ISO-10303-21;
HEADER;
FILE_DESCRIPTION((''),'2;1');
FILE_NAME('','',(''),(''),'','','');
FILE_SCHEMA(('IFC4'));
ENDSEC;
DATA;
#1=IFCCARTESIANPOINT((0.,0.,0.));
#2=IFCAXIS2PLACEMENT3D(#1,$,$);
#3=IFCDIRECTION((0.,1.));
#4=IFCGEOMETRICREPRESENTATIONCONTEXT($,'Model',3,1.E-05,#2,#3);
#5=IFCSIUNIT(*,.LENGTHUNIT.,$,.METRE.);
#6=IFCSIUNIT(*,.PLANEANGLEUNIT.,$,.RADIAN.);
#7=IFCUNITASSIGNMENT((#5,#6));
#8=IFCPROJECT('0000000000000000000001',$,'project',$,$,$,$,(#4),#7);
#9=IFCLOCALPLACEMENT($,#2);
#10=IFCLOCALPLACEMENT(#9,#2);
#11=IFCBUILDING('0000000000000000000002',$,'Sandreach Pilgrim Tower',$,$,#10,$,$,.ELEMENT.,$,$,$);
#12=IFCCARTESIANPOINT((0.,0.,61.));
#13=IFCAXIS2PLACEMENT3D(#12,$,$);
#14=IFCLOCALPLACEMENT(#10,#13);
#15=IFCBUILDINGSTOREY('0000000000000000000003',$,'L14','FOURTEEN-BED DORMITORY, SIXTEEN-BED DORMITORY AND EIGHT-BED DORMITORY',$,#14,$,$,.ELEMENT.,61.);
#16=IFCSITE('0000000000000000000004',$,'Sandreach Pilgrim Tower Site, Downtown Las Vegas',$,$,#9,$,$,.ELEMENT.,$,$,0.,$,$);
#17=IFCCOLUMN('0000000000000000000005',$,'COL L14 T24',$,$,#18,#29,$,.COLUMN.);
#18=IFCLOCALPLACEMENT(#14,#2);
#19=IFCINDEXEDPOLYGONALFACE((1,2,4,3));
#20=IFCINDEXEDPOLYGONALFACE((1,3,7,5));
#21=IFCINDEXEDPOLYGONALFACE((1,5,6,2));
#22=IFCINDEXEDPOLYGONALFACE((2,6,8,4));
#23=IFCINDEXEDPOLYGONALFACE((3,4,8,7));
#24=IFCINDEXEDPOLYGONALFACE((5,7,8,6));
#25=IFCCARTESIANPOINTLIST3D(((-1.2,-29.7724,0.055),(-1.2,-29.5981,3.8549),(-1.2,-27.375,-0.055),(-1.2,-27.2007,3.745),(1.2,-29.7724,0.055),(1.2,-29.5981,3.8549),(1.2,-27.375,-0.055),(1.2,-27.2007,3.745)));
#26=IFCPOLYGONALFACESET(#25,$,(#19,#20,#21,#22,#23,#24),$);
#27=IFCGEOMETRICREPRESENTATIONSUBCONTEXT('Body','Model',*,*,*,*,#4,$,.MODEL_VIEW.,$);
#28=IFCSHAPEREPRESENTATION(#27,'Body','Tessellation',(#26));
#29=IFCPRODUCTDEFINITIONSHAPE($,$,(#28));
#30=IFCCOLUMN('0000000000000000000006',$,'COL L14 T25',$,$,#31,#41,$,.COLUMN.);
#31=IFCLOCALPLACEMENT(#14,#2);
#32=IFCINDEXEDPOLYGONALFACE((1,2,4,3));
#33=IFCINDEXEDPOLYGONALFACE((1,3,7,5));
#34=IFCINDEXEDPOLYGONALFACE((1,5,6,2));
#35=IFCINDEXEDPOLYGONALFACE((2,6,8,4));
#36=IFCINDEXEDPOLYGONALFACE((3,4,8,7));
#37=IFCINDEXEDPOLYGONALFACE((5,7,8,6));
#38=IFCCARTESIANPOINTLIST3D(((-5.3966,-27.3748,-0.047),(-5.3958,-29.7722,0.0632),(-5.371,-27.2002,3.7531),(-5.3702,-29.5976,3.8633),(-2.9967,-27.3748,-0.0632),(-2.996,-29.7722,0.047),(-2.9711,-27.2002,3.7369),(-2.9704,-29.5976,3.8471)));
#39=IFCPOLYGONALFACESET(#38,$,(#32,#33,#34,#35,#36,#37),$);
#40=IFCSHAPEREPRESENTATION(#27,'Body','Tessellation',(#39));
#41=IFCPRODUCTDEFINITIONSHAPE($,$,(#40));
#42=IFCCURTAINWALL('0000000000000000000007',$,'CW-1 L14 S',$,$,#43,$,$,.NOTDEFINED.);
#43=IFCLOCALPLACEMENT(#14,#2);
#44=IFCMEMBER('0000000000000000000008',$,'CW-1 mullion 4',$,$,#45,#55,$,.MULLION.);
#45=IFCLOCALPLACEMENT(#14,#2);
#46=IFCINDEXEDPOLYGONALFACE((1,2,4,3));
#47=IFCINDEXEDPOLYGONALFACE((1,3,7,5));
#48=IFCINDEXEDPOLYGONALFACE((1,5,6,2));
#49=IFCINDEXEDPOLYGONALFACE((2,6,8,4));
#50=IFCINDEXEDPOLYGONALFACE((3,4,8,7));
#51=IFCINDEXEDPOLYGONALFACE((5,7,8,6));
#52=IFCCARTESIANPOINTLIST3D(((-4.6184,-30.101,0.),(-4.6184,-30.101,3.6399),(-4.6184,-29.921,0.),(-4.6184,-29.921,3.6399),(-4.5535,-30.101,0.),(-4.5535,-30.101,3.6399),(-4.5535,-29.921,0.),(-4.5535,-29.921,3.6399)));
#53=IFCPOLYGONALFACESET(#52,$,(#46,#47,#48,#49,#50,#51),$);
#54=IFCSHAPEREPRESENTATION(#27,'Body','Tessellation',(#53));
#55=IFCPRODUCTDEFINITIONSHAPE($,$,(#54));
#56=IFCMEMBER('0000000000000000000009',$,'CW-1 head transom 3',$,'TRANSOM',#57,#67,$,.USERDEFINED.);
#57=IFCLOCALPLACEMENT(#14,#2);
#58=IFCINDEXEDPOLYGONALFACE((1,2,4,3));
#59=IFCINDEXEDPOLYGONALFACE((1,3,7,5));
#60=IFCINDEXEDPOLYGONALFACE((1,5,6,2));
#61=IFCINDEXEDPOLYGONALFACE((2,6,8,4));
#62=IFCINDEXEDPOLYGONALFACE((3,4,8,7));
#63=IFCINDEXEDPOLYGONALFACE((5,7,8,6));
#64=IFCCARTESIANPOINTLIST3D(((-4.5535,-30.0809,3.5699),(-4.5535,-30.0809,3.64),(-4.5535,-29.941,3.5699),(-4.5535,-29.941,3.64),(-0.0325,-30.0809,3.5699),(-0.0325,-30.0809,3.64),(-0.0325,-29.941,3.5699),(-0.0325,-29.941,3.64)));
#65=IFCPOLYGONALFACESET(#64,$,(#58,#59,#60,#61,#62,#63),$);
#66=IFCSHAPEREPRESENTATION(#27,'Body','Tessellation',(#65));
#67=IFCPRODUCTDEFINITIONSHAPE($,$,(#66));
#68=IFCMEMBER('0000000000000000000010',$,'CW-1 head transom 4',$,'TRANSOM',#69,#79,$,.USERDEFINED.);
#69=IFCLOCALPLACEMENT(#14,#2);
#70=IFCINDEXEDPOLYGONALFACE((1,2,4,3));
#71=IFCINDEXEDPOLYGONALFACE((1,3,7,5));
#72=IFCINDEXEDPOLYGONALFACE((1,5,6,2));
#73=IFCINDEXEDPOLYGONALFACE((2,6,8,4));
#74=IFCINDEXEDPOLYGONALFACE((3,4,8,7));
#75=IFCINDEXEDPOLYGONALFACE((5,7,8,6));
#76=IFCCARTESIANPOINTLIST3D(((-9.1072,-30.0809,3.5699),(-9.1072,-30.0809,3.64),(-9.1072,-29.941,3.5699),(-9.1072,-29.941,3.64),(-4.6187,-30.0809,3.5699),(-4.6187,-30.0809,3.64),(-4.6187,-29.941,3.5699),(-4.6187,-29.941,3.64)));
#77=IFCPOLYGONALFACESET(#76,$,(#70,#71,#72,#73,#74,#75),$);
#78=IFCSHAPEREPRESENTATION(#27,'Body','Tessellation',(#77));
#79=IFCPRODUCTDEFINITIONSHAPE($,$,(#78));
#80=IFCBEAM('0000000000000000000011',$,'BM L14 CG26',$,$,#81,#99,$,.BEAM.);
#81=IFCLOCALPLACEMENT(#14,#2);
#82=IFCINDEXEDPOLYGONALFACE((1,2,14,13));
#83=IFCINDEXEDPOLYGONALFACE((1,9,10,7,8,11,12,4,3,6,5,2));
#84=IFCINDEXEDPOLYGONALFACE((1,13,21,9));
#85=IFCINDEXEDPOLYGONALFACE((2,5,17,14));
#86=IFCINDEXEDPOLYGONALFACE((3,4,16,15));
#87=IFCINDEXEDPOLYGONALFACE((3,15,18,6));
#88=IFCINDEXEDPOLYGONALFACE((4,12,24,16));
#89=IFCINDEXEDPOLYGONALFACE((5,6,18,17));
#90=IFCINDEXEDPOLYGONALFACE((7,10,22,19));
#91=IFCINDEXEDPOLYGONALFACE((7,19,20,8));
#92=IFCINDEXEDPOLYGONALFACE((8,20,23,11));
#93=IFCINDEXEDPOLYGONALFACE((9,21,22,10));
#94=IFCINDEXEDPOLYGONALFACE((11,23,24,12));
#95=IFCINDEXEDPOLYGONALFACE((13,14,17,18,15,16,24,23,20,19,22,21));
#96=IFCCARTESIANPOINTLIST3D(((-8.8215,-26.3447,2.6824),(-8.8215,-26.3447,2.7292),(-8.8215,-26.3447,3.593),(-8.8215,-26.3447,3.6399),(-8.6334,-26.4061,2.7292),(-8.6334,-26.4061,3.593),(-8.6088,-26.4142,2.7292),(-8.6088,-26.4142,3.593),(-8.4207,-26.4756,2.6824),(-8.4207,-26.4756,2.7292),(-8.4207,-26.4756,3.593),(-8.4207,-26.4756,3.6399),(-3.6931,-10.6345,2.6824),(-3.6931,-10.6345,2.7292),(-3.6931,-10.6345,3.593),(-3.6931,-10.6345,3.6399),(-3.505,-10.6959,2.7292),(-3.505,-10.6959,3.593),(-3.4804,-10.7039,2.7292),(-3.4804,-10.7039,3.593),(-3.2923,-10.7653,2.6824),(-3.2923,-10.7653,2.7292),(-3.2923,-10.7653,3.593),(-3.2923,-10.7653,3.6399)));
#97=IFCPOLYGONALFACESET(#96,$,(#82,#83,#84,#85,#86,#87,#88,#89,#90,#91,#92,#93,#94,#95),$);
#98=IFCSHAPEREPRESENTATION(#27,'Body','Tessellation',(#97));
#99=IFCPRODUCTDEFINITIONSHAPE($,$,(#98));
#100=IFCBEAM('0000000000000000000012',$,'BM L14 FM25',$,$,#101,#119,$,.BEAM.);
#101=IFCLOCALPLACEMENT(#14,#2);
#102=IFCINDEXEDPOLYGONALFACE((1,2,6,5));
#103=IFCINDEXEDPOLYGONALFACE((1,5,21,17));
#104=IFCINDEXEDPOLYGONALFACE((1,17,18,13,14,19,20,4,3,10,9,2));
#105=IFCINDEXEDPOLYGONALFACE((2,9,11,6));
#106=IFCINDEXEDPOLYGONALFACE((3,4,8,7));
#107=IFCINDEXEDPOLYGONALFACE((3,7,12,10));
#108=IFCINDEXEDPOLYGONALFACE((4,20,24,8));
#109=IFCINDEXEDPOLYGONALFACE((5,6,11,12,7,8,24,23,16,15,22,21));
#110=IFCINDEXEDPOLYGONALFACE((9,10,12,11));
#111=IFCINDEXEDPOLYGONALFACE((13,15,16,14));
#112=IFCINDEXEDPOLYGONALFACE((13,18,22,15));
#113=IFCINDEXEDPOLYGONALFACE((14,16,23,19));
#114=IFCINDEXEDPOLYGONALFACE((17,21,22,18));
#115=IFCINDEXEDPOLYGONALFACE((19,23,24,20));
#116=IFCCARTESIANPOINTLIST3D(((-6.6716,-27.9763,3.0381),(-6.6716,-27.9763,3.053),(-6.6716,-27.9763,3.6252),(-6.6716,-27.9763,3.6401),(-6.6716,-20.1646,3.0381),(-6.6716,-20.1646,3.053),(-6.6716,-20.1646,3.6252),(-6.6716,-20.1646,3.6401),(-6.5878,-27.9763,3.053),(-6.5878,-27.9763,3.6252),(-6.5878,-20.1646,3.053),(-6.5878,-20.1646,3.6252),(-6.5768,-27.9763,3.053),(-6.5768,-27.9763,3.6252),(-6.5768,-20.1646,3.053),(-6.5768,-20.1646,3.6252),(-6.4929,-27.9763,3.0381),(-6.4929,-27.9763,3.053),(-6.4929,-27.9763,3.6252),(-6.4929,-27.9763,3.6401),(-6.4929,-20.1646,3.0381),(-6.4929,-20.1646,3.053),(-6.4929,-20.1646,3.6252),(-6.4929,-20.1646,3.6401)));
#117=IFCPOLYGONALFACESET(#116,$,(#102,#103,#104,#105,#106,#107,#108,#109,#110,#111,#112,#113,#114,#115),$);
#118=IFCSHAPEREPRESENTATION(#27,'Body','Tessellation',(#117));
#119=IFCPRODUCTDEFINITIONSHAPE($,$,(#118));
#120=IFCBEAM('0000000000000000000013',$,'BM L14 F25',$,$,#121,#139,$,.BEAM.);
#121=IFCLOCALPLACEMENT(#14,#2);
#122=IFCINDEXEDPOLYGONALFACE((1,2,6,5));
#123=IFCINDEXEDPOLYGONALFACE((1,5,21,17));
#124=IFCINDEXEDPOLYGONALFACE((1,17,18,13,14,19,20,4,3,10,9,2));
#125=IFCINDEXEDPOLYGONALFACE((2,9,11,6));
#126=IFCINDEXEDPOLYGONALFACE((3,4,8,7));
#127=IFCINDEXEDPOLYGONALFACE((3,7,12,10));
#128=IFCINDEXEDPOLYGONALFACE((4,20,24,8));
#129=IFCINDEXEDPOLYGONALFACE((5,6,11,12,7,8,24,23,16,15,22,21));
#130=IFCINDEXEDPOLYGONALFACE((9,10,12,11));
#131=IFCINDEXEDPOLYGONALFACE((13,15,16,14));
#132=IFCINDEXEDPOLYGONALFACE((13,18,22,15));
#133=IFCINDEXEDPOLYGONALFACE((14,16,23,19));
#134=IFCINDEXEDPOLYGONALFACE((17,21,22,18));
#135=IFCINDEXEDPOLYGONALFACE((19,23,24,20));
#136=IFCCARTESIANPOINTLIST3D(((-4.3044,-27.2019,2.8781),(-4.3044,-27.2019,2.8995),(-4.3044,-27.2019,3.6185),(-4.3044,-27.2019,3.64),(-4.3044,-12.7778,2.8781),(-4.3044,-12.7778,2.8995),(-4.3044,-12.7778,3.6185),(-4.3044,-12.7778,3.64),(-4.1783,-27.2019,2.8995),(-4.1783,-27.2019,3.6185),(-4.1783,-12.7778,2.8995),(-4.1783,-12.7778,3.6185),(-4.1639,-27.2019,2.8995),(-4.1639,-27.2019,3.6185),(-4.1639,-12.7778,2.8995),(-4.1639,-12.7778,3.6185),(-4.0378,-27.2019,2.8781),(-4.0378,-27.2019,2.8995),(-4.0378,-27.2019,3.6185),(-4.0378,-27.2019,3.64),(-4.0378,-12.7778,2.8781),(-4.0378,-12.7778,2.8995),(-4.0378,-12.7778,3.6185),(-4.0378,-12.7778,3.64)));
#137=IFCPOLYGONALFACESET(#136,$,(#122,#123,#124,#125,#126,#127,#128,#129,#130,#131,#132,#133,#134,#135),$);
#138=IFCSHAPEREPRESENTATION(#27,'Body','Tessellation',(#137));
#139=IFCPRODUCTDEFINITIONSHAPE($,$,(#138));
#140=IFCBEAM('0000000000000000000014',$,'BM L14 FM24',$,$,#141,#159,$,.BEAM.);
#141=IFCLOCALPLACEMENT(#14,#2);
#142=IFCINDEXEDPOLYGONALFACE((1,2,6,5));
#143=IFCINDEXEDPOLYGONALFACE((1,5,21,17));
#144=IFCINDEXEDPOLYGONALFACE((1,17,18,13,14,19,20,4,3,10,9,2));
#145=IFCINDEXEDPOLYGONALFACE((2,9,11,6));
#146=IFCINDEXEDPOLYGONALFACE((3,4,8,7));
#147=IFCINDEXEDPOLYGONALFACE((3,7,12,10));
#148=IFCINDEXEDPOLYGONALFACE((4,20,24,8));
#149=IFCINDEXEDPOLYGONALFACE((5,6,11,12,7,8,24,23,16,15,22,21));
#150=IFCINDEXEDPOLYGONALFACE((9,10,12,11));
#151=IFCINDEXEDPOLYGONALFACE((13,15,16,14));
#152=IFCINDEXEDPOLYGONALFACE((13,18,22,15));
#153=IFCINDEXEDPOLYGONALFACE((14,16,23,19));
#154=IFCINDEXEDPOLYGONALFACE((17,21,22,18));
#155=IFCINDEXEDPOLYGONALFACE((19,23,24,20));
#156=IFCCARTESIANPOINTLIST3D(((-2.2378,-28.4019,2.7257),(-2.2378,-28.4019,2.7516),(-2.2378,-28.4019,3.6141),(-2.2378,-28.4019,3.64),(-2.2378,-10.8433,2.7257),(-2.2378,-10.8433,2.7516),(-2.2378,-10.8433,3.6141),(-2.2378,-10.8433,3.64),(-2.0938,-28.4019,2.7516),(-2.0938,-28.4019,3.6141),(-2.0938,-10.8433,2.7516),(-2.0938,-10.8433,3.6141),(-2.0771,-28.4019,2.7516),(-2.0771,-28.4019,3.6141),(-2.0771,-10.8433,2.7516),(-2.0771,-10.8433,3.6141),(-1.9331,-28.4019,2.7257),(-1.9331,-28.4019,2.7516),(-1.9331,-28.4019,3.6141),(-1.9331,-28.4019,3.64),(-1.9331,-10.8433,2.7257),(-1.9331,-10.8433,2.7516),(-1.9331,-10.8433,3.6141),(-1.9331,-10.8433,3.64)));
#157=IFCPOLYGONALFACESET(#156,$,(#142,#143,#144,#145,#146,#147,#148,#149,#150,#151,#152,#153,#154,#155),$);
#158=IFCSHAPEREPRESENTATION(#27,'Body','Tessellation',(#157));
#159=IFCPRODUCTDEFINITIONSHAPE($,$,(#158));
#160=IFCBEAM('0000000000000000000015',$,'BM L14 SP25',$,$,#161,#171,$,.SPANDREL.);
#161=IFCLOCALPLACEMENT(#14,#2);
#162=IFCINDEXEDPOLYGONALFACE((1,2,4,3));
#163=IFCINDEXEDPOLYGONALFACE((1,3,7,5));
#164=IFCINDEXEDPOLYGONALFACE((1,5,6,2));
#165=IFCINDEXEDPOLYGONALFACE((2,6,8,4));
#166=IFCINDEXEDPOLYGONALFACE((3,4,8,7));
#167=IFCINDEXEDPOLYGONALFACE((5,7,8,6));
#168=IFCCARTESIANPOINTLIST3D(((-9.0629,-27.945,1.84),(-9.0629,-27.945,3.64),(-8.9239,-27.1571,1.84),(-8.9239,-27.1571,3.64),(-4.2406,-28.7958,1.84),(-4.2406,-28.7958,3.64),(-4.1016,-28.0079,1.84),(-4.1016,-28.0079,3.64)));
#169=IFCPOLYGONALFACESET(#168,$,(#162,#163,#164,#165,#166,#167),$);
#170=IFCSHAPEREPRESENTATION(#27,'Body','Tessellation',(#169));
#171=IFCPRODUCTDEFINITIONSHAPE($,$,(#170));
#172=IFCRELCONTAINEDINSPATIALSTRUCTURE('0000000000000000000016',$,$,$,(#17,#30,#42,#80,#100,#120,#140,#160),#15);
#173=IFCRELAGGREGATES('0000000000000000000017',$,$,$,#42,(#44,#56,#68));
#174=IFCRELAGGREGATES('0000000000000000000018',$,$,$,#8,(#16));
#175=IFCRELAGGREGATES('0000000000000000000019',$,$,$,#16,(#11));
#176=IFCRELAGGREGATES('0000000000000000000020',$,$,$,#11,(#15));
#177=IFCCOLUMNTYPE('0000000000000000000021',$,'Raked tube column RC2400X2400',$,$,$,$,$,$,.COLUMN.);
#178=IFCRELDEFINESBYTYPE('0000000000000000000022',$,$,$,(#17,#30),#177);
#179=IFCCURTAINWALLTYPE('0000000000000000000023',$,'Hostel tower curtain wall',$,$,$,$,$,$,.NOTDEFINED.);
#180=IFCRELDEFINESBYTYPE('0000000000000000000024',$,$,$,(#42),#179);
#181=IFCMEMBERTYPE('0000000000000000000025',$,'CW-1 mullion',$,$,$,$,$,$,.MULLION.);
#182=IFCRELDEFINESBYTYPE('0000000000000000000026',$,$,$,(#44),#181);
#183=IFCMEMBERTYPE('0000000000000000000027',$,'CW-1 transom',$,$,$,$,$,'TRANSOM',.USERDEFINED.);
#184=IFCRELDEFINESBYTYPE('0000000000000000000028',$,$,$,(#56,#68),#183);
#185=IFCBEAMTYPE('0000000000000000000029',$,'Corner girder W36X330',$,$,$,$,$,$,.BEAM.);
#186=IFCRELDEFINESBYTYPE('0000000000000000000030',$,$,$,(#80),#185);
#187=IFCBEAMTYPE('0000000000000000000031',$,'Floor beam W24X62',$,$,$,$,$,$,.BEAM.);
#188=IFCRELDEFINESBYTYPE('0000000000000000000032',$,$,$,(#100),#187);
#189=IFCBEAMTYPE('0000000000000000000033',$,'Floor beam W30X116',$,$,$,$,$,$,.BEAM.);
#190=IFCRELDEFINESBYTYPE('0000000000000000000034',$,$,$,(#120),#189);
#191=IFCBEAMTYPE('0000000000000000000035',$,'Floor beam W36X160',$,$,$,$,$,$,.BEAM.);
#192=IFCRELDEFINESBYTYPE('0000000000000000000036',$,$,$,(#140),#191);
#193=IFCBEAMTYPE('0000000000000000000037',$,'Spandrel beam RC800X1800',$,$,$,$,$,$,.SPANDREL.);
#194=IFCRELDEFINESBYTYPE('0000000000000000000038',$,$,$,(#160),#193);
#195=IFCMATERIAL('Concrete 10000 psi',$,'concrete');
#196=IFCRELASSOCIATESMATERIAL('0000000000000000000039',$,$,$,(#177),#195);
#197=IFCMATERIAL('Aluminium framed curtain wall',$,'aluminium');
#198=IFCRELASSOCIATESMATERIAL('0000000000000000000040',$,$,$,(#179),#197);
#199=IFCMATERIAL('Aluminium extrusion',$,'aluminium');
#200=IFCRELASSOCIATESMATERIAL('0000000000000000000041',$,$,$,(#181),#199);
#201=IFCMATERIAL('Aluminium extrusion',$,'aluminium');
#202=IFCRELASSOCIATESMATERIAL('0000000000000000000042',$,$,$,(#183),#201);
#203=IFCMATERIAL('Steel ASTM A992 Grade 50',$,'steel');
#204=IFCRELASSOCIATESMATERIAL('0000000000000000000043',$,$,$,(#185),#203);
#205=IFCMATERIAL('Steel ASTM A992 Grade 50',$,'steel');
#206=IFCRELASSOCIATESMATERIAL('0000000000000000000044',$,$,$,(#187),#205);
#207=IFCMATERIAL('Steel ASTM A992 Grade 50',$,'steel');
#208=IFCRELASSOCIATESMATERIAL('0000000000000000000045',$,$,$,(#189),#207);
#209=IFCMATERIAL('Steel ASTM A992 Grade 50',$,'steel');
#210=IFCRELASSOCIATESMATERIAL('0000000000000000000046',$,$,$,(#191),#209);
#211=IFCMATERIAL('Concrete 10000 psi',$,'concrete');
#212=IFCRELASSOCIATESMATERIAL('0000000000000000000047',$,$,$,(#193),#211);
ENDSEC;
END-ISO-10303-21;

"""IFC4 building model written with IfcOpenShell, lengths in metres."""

from ifc_helpers import new_model, si_unit, direction, frame, origin, origin_2d, place, context, subcontext, project, spatial, rectangle, i_section, extrude, material, material_profile, profile_set, type_object, element, aggregate, save


model = new_model("IFC4")

# Units and contexts
model_context = context("Model", 3, precision=1e-05, world=origin(), true_north=direction((0.0, 1.0)))
body_context = subcontext(model_context, "Body", "Model", "MODEL_VIEW")
ifc_project = project(units=[si_unit("LENGTHUNIT", "METRE"), si_unit("PLANEANGLEUNIT", "RADIAN")], contexts=[model_context])

# Site, building, storey
site_placement = place(None, origin())
site = spatial("IfcSite", under=ifc_project, at=site_placement, Name="Sandreach Pilgrim Tower Site, Downtown Las Vegas", CompositionType="ELEMENT", RefElevation=0.0)
building_placement = place(site_placement, origin())
building = spatial("IfcBuilding", under=site, at=building_placement, Name="Sandreach Pilgrim Tower", CompositionType="ELEMENT")
storey_placement = place(building_placement, frame((0.0, 0.0, 61.0)))
storey = spatial("IfcBuildingStorey", under=building, at=storey_placement, Name="L14", Description="FOURTEEN-BED DORMITORY, SIXTEEN-BED DORMITORY AND EIGHT-BED DORMITORY", CompositionType="ELEMENT", Elevation=61.0)

# Columns
ifc_material_1 = material(Name="Concrete 10000 psi", Category="concrete")
ifc_material_profile_1 = material_profile(ifc_material_1, rectangle(XDim=2.3999, YDim=2.3999, at=origin_2d()), Name="RC2400X2400")
ifc_profile_set_1 = profile_set([ifc_material_profile_1], Name="Concrete 10000 psi")
column_type = type_object("IfcColumnType", Name="Raked tube column RC2400X2400", PredefinedType="COLUMN", material=ifc_profile_set_1)
column_1_placement = place(storey_placement, frame((0.0, -28.5737, 0.0), z_axis=(0.0, 0.045824, 0.99895), x_axis=(0.0, -0.99895, 0.045824)))
element("IfcColumn", 1, at=column_1_placement, inside=storey, type_object=column_type, Name="COL L14 T24", PredefinedType="COLUMN", context=body_context, shape_type="SweptSolid", body=[
    extrude(rectangle(XDim=2.3999, YDim=2.3999, at=origin_2d()), origin(), (0.0, 0.0, 1.0), 3.804),
])
column_2_placement = place(storey_placement, frame((-4.1963, -28.5735, 0.0), z_axis=(0.006739, 0.045887, 0.998924), x_axis=(0.000315, -0.998947, 0.045886)))
element("IfcColumn", 2, at=column_2_placement, inside=storey, type_object=column_type, Name="COL L14 T25", PredefinedType="COLUMN", context=body_context, shape_type="SweptSolid", body=[
    extrude(rectangle(XDim=2.3999, YDim=2.3999, at=origin_2d()), origin(), (0.0, 0.0, 1.0), 3.8042),
])

# Curtain wall, members
ifc_material_2 = material(Name="Aluminium framed curtain wall", Category="aluminium")
curtain_wall_type = type_object("IfcCurtainWallType", Name="Hostel tower curtain wall", PredefinedType="NOTDEFINED", material=ifc_material_2)
curtain_wall_placement = place(storey_placement, origin())
curtain_wall = element("IfcCurtainWall", 3, at=curtain_wall_placement, inside=storey, type_object=curtain_wall_type, Name="CW-1 L14 S", PredefinedType="NOTDEFINED")
ifc_material_3 = material(Name="Aluminium extrusion", Category="aluminium")
ifc_material_profile_2 = material_profile(ifc_material_3, rectangle(XDim=0.0649, YDim=0.1799, at=origin_2d()), Name="CW-1M 65X180")
ifc_profile_set_2 = profile_set([ifc_material_profile_2], Name="Aluminium extrusion")
member_type_1 = type_object("IfcMemberType", Name="CW-1 mullion", PredefinedType="MULLION", material=ifc_profile_set_2)
member_1_placement = place(storey_placement, frame((-4.5859, -30.011, 0.0), z_axis=(0.0, 0.0, 1.0), x_axis=(-1.0, 0.0, 0.0)))
member_1 = element("IfcMember", 4, at=member_1_placement, type_object=member_type_1, Name="CW-1 mullion 4", PredefinedType="MULLION", context=body_context, shape_type="SweptSolid", body=[
    extrude(rectangle(XDim=0.0649, YDim=0.1799, at=origin_2d()), origin(), (0.0, 0.0, 1.0), 3.6399),
])
ifc_material_4 = material(Name="Aluminium extrusion", Category="aluminium")
ifc_material_profile_3 = material_profile(ifc_material_4, rectangle(XDim=0.1399, YDim=0.0701, at=origin_2d()), Name="CW-1T 140X70")
ifc_profile_set_3 = profile_set([ifc_material_profile_3], Name="Aluminium extrusion")
member_type_2 = type_object("IfcMemberType", Name="CW-1 transom", ElementType="TRANSOM", PredefinedType="USERDEFINED", material=ifc_profile_set_3)
member_2_placement = place(storey_placement, frame((-0.0325, -30.011, 3.605), z_axis=(-1.0, 0.0, 0.0), x_axis=(0.0, -1.0, 0.0)))
member_2 = element("IfcMember", 5, at=member_2_placement, type_object=member_type_2, Name="CW-1 head transom 3", ObjectType="TRANSOM", PredefinedType="USERDEFINED", context=body_context, shape_type="SweptSolid", body=[
    extrude(rectangle(XDim=0.1399, YDim=0.0701, at=origin_2d()), origin(), (0.0, 0.0, 1.0), 4.521),
])
member_3_placement = place(storey_placement, frame((-4.6187, -30.011, 3.605), z_axis=(-1.0, 0.0, 0.0), x_axis=(0.0, -1.0, 0.0)))
member_3 = element("IfcMember", 6, at=member_3_placement, type_object=member_type_2, Name="CW-1 head transom 4", ObjectType="TRANSOM", PredefinedType="USERDEFINED", context=body_context, shape_type="SweptSolid", body=[
    extrude(rectangle(XDim=0.1399, YDim=0.0701, at=origin_2d()), origin(), (0.0, 0.0, 1.0), 4.4885),
])

# Beams
ifc_material_5 = material(Name="Steel ASTM A992 Grade 50", Category="steel")
ifc_material_profile_4 = material_profile(ifc_material_5, i_section(OverallWidth=0.4216, OverallDepth=0.9575, WebThickness=0.0259, FlangeThickness=0.0469, at=origin_2d()), Name="W36X330")
ifc_profile_set_4 = profile_set([ifc_material_profile_4], Name="Steel ASTM A992 Grade 50")
beam_type_1 = type_object("IfcBeamType", Name="Corner girder W36X330", PredefinedType="BEAM", material=ifc_profile_set_4)
beam_1_placement = place(storey_placement, frame((-8.6211, -26.4102, 3.1611), z_axis=(0.310323, 0.950631, 0.0), x_axis=(-0.950631, 0.310323, 0.0)))
element("IfcBeam", 7, at=beam_1_placement, inside=storey, type_object=beam_type_1, Name="BM L14 CG26", PredefinedType="BEAM", context=body_context, shape_type="SweptSolid", body=[
    extrude(i_section(OverallWidth=0.4216, OverallDepth=0.9575, WebThickness=0.0259, FlangeThickness=0.0469, at=origin_2d()), origin(), (0.0, 0.0, 1.0), 16.5261),
])
ifc_material_6 = material(Name="Steel ASTM A992 Grade 50", Category="steel")
ifc_material_profile_5 = material_profile(ifc_material_6, i_section(OverallWidth=0.1787, OverallDepth=0.6021, WebThickness=0.011, FlangeThickness=0.0149, at=origin_2d()), Name="W24X62")
ifc_profile_set_5 = profile_set([ifc_material_profile_5], Name="Steel ASTM A992 Grade 50")
beam_type_2 = type_object("IfcBeamType", Name="Floor beam W24X62", PredefinedType="BEAM", material=ifc_profile_set_5)
beam_2_placement = place(storey_placement, frame((-6.5823, -27.9763, 3.3391), z_axis=(0.0, 1.0, 0.0), x_axis=(-1.0, 0.0, 0.0)))
element("IfcBeam", 8, at=beam_2_placement, inside=storey, type_object=beam_type_2, Name="BM L14 FM25", PredefinedType="BEAM", context=body_context, shape_type="SweptSolid", body=[
    extrude(i_section(OverallWidth=0.1787, OverallDepth=0.6021, WebThickness=0.011, FlangeThickness=0.0149, at=origin_2d()), origin(), (0.0, 0.0, 1.0), 7.8118),
])
ifc_material_7 = material(Name="Steel ASTM A992 Grade 50", Category="steel")
ifc_material_profile_6 = material_profile(ifc_material_7, i_section(OverallWidth=0.2666, OverallDepth=0.762, WebThickness=0.0144, FlangeThickness=0.0215, at=origin_2d()), Name="W30X116")
ifc_profile_set_6 = profile_set([ifc_material_profile_6], Name="Steel ASTM A992 Grade 50")
beam_type_3 = type_object("IfcBeamType", Name="Floor beam W30X116", PredefinedType="BEAM", material=ifc_profile_set_6)
beam_3_placement = place(storey_placement, frame((-4.1711, -27.2019, 3.259), z_axis=(0.0, 1.0, 0.0), x_axis=(-1.0, 0.0, 0.0)))
element("IfcBeam", 9, at=beam_3_placement, inside=storey, type_object=beam_type_3, Name="BM L14 F25", PredefinedType="BEAM", context=body_context, shape_type="SweptSolid", body=[
    extrude(i_section(OverallWidth=0.2666, OverallDepth=0.762, WebThickness=0.0144, FlangeThickness=0.0215, at=origin_2d()), origin(), (0.0, 0.0, 1.0), 14.4241),
])
ifc_material_8 = material(Name="Steel ASTM A992 Grade 50", Category="steel")
ifc_material_profile_7 = material_profile(ifc_material_8, i_section(OverallWidth=0.3047, OverallDepth=0.9143, WebThickness=0.0166, FlangeThickness=0.0259, at=origin_2d()), Name="W36X160")
ifc_profile_set_7 = profile_set([ifc_material_profile_7], Name="Steel ASTM A992 Grade 50")
beam_type_4 = type_object("IfcBeamType", Name="Floor beam W36X160", PredefinedType="BEAM", material=ifc_profile_set_7)
beam_4_placement = place(storey_placement, frame((-2.0854, -28.4019, 3.1829), z_axis=(0.0, 1.0, 0.0), x_axis=(-1.0, 0.0, 0.0)))
element("IfcBeam", 10, at=beam_4_placement, inside=storey, type_object=beam_type_4, Name="BM L14 FM24", PredefinedType="BEAM", context=body_context, shape_type="SweptSolid", body=[
    extrude(i_section(OverallWidth=0.3047, OverallDepth=0.9143, WebThickness=0.0166, FlangeThickness=0.0259, at=origin_2d()), origin(), (0.0, 0.0, 1.0), 17.5586),
])
ifc_material_9 = material(Name="Concrete 10000 psi", Category="concrete")
ifc_material_profile_8 = material_profile(ifc_material_9, rectangle(XDim=0.8, YDim=1.8, at=origin_2d()), Name="RC800X1800")
ifc_profile_set_8 = profile_set([ifc_material_profile_8], Name="Concrete 10000 psi")
beam_type_5 = type_object("IfcBeamType", Name="Spandrel beam RC800X1800", PredefinedType="SPANDREL", material=ifc_profile_set_8)
beam_5_placement = place(storey_placement, frame((-4.1711, -28.4019, 2.74), z_axis=(-0.984789, 0.173754, 0.0), x_axis=(-0.173754, -0.984789, 0.0)))
element("IfcBeam", 11, at=beam_5_placement, inside=storey, type_object=beam_type_5, Name="BM L14 SP25", PredefinedType="SPANDREL", context=body_context, shape_type="SweptSolid", body=[
    extrude(rectangle(XDim=0.8, YDim=1.8, at=origin_2d()), origin(), (0.0, 0.0, 1.0), 4.8967),
])

aggregate(curtain_wall, [member_1, member_2, member_3])

save(model, "model.ifc")
